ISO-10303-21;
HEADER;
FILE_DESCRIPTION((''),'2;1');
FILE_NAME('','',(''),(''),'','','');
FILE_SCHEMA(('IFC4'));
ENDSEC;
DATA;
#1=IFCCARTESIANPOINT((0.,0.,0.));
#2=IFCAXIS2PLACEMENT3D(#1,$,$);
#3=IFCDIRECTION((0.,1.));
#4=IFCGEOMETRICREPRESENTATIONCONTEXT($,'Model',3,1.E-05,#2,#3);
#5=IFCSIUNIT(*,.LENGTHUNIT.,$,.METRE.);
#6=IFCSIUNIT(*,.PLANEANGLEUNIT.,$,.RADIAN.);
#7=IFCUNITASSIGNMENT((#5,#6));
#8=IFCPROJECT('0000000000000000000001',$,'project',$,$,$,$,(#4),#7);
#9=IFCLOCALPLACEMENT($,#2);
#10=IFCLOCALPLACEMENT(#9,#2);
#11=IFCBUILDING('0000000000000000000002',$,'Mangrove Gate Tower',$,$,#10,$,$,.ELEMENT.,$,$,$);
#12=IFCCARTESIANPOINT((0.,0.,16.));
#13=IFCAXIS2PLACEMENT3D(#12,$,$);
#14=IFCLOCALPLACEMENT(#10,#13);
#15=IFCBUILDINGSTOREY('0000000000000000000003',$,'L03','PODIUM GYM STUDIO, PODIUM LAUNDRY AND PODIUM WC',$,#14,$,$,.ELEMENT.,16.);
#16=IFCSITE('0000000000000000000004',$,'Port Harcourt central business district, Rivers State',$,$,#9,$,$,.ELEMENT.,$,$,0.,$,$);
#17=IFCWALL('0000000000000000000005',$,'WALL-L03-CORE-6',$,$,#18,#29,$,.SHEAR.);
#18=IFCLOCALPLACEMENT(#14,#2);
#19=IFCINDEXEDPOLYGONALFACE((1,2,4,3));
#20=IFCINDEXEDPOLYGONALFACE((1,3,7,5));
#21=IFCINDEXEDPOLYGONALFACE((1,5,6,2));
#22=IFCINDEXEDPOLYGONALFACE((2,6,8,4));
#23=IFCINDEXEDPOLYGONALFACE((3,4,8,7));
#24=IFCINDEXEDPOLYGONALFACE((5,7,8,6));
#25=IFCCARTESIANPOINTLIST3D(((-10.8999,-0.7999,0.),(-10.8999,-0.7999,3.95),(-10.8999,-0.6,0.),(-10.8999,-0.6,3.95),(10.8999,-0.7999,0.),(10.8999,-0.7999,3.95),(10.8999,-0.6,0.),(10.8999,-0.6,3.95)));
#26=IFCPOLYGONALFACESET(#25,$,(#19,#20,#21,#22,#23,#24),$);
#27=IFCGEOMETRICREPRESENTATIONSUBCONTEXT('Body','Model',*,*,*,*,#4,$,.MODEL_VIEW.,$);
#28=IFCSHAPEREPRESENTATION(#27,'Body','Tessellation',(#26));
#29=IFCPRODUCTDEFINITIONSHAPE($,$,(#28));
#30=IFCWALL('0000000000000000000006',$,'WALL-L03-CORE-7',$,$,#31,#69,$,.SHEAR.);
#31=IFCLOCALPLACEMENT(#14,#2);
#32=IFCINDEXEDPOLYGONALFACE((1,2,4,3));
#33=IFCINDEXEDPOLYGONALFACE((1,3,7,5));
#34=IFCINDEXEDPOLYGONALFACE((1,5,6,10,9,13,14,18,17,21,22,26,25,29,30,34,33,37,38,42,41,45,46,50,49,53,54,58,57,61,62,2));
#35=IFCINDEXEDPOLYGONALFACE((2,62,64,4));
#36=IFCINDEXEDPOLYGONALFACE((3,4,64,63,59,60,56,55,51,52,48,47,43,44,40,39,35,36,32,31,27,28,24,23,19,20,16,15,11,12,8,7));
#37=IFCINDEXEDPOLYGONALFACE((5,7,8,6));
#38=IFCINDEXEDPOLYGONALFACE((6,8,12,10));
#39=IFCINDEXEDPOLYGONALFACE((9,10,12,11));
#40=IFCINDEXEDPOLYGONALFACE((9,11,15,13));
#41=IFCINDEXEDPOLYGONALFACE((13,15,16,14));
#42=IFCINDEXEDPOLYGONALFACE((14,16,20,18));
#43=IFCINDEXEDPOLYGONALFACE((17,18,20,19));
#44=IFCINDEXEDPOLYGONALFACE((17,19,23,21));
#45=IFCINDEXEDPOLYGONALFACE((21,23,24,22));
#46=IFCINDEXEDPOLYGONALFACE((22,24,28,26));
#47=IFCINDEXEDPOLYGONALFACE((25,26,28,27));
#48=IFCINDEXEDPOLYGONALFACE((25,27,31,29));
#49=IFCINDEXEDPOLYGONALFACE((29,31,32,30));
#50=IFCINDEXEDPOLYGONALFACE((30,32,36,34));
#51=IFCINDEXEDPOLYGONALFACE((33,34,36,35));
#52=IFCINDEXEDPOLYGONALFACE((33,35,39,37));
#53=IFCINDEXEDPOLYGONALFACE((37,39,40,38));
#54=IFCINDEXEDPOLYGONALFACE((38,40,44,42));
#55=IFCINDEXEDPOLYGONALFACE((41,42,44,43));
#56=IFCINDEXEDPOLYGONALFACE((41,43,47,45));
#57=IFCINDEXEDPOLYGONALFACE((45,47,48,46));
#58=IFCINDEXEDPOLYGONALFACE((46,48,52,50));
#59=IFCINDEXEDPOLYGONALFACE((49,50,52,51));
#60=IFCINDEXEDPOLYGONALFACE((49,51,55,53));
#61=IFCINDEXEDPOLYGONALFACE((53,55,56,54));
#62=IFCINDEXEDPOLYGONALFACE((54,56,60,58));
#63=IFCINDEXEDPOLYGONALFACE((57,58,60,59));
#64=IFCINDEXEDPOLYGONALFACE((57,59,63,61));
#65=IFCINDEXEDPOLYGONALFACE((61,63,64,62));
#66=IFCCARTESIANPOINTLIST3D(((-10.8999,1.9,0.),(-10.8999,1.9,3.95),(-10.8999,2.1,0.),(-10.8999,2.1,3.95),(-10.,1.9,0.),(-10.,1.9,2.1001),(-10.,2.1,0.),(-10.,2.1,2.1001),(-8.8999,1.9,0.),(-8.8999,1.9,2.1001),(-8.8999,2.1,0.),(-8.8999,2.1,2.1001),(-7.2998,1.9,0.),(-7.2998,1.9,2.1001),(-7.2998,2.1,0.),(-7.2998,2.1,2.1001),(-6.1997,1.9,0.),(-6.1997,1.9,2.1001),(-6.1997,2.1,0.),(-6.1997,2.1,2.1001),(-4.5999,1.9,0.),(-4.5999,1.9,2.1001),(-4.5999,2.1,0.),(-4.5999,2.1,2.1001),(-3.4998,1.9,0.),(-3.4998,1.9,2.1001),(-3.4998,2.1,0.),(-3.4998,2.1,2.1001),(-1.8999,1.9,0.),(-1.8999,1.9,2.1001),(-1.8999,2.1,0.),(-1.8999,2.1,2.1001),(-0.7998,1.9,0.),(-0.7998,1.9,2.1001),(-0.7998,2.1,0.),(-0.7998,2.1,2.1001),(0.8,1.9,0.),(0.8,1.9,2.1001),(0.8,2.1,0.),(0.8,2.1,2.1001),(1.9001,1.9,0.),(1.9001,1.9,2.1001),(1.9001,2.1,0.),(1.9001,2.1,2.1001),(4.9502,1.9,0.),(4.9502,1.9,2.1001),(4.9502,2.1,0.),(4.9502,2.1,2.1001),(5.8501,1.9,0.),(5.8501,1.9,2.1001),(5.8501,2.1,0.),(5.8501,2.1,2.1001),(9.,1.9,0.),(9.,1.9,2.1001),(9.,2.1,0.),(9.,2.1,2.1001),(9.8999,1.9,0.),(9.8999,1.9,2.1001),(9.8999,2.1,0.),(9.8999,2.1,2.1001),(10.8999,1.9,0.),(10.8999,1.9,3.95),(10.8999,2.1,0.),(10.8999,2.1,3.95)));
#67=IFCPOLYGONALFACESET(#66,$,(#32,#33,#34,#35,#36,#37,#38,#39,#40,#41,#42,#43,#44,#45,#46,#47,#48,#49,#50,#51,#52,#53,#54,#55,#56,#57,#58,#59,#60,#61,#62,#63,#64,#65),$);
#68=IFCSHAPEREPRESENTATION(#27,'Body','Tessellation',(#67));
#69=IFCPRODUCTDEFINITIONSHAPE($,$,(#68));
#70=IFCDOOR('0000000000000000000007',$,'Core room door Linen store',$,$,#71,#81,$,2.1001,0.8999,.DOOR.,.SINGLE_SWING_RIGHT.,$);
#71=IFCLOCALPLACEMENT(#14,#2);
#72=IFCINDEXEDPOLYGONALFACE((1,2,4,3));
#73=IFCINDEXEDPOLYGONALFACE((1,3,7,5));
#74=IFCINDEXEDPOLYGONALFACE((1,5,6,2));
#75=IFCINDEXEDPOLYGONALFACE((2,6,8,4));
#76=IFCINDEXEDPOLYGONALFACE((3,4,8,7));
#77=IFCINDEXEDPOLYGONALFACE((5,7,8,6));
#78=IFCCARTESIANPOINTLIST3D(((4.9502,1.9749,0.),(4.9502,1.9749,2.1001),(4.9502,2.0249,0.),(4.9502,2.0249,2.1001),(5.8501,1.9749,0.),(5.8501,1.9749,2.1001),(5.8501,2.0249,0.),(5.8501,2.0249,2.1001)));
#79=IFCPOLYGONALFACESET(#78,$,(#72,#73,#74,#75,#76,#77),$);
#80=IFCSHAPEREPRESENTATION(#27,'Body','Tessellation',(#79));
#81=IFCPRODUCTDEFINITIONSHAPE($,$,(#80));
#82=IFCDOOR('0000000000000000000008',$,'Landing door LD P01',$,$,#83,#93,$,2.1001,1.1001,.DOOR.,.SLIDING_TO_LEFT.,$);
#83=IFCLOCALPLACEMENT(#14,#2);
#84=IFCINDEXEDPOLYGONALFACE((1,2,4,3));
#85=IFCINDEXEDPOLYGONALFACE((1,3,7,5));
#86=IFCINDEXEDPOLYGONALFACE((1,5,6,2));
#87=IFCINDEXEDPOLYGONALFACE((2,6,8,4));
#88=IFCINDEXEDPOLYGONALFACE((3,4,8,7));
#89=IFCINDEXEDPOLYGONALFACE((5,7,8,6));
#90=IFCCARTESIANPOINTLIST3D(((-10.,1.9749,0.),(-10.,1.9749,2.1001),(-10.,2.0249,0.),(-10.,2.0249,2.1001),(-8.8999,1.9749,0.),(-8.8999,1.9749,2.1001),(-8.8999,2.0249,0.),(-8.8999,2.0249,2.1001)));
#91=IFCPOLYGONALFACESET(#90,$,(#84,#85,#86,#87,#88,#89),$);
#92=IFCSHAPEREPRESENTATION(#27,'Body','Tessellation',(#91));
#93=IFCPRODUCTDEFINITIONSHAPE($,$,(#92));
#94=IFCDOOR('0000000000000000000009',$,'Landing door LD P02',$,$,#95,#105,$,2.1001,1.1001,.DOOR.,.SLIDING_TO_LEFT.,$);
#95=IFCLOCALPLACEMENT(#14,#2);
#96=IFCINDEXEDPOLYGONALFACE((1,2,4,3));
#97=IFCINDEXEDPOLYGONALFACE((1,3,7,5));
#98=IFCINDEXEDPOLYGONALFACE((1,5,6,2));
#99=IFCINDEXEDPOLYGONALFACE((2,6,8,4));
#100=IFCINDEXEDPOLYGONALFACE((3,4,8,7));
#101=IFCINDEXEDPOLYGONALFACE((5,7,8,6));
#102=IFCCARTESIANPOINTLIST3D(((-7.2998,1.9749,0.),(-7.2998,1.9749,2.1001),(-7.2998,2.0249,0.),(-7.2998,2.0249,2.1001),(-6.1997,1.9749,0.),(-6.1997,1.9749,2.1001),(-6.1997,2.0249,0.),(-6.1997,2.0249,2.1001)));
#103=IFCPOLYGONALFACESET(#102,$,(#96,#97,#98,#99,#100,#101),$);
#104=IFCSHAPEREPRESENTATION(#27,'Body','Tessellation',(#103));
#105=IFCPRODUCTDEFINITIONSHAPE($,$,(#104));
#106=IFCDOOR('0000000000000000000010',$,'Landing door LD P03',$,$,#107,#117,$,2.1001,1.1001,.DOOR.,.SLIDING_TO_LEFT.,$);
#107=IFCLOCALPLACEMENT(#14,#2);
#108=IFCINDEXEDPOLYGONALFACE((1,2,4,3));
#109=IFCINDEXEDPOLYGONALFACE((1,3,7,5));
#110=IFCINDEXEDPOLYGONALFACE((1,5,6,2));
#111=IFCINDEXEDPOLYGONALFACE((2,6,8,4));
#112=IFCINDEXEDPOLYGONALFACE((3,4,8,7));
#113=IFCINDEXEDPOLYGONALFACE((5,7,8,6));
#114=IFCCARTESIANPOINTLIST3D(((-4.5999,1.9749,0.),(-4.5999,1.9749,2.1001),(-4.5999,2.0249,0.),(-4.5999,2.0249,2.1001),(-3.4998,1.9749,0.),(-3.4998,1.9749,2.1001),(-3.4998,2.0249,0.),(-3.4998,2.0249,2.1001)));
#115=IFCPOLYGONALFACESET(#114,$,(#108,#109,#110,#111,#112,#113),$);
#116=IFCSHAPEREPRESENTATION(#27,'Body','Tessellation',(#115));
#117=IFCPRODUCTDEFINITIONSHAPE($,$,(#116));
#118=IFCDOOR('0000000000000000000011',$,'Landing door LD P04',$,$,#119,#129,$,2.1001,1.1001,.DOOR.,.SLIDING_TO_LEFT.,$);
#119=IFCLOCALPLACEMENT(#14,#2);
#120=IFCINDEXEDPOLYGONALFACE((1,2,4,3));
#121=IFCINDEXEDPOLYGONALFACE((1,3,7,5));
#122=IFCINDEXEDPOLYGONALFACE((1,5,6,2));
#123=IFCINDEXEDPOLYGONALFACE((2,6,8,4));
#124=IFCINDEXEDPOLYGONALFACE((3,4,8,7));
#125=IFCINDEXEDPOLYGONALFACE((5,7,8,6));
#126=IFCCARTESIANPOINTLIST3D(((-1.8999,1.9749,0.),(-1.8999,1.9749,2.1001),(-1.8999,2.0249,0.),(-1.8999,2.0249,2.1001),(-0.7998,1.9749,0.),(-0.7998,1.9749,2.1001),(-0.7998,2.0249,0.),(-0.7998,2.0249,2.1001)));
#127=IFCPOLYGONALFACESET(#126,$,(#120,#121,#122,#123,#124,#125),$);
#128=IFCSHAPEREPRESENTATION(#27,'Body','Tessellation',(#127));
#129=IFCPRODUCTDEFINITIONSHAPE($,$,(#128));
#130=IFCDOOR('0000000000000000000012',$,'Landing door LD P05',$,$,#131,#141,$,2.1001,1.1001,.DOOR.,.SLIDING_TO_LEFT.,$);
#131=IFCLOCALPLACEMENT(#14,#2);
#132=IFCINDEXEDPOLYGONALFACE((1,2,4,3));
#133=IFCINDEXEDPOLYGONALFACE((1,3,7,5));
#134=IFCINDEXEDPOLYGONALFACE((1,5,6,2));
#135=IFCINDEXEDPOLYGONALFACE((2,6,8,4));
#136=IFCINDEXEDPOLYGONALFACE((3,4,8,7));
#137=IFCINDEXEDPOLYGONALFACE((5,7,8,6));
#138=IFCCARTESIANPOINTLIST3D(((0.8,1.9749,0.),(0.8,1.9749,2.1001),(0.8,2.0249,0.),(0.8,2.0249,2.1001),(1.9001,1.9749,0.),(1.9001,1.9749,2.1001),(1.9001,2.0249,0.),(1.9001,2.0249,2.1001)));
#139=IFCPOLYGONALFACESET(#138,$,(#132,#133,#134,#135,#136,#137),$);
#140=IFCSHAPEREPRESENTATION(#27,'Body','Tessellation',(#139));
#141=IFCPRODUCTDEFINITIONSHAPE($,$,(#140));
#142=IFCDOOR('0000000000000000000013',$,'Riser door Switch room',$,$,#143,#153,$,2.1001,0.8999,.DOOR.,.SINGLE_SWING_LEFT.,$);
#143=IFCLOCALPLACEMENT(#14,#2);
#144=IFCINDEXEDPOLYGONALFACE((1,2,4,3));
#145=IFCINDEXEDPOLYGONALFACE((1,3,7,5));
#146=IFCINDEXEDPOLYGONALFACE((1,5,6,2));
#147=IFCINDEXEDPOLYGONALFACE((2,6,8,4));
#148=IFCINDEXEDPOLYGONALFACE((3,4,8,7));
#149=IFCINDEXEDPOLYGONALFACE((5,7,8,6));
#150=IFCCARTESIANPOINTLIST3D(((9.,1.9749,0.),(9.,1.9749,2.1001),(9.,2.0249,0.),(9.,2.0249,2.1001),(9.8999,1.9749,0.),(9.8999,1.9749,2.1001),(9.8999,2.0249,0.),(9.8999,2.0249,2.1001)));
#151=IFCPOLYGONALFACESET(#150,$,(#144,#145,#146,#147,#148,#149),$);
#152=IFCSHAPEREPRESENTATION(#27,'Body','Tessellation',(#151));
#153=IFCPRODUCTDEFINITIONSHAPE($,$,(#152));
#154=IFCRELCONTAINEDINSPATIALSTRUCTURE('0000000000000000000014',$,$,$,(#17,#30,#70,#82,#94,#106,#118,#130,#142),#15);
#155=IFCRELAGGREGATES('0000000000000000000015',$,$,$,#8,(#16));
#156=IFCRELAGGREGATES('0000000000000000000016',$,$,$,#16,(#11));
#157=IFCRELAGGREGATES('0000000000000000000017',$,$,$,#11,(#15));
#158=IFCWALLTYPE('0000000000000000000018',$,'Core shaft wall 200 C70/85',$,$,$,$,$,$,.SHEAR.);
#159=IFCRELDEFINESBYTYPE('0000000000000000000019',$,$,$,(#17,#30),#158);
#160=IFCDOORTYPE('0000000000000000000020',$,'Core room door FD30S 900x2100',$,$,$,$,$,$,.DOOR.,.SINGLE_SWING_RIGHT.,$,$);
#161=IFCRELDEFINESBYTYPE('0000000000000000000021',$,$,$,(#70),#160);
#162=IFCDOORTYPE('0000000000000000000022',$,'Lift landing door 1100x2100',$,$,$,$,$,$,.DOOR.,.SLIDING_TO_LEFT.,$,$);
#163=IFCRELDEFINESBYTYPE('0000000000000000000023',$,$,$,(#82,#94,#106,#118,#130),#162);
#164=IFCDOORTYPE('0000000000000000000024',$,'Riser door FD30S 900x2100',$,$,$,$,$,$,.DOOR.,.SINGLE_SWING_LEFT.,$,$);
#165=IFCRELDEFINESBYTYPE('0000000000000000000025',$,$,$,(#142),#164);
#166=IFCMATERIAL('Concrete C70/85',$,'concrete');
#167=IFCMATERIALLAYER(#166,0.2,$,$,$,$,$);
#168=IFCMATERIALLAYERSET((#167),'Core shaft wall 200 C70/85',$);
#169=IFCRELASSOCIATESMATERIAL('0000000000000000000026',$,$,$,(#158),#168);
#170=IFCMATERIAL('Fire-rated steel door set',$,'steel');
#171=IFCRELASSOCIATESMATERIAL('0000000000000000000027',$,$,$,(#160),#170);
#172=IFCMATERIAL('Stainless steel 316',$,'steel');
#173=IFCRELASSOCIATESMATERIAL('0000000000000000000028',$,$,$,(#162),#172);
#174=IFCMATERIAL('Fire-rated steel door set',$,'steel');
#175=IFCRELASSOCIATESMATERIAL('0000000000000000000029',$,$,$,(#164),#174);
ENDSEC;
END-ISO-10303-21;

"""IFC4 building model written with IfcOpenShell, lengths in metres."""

from ifc_helpers import new_model, si_unit, direction, frame, frame_2d, origin, place, context, subcontext, project, spatial, rectangle, extrude, material, layer, layer_set, type_object, element, fill, save


model = new_model("IFC4")

# Units and contexts
model_context = context("Model", 3, precision=1e-05, world=origin(), true_north=direction((0.0, 1.0)))
body_context = subcontext(model_context, "Body", "Model", "MODEL_VIEW")
ifc_project = project(units=[si_unit("LENGTHUNIT", "METRE"), si_unit("PLANEANGLEUNIT", "RADIAN")], contexts=[model_context])

# Site, building, storey
site_placement = place(None, origin())
site = spatial("IfcSite", under=ifc_project, at=site_placement, Name="Port Harcourt central business district, Rivers State", CompositionType="ELEMENT", RefElevation=0.0)
building_placement = place(site_placement, origin())
building = spatial("IfcBuilding", under=site, at=building_placement, Name="Mangrove Gate Tower", CompositionType="ELEMENT")
storey_placement = place(building_placement, frame((0.0, 0.0, 16.0)))
storey = spatial("IfcBuildingStorey", under=building, at=storey_placement, Name="L03", Description="PODIUM GYM STUDIO, PODIUM LAUNDRY AND PODIUM WC", CompositionType="ELEMENT", Elevation=16.0)

# Wall
ifc_material_1 = material(Name="Concrete C70/85", Category="concrete")
ifc_layer = layer(ifc_material_1, 0.2)
ifc_layer_set = layer_set([ifc_layer], Name="Core shaft wall 200 C70/85")
wall_type = type_object("IfcWallType", Name="Core shaft wall 200 C70/85", PredefinedType="SHEAR", material=ifc_layer_set)
wall_1_placement = place(storey_placement, frame((-10.8999, -0.7, 0.0), z_axis=(0.0, 0.0, 1.0), x_axis=(1.0, 0.0, 0.0)))
element("IfcWall", 1, at=wall_1_placement, inside=storey, type_object=wall_type, Name="WALL-L03-CORE-6", PredefinedType="SHEAR", context=body_context, shape_type="SweptSolid", body=[
    extrude(rectangle(XDim=21.7998, YDim=0.2, at=frame_2d((10.8999, 0.0))), origin(), (0.0, 0.0, 1.0), 3.95),
])

# Wall, openings, doors
wall_2_placement = place(storey_placement, frame((-10.8999, 2.0, 0.0), z_axis=(0.0, 0.0, 1.0), x_axis=(1.0, 0.0, 0.0)))
wall_2 = element("IfcWall", 2, at=wall_2_placement, inside=storey, type_object=wall_type, Name="WALL-L03-CORE-7", PredefinedType="SHEAR", context=body_context, shape_type="SweptSolid", body=[
    extrude(rectangle(XDim=21.7998, YDim=0.2, at=frame_2d((10.8999, 0.0))), origin(), (0.0, 0.0, 1.0), 3.95),
])
opening_1_placement = place(wall_2_placement, frame((0.8999, 0.0, 0.0)))
opening_1 = element("IfcOpeningElement", 3, at=opening_1_placement, cuts=wall_2, PredefinedType="OPENING", context=body_context, shape_type="SweptSolid", body=[
    extrude(rectangle(XDim=1.1001, YDim=2.1001, at=frame_2d((0.55, 1.05))), frame((0.0, 0.1099, 0.0), z_axis=(0.0, -1.0, 0.0), x_axis=(1.0, 0.0, 0.0)), (0.0, 0.0, 1.0), 0.22),
])
opening_2_placement = place(wall_2_placement, frame((3.6001, 0.0, 0.0)))
opening_2 = element("IfcOpeningElement", 4, at=opening_2_placement, cuts=wall_2, PredefinedType="OPENING", context=body_context, shape_type="SweptSolid", body=[
    extrude(rectangle(XDim=1.1001, YDim=2.1001, at=frame_2d((0.55, 1.05))), frame((0.0, 0.1099, 0.0), z_axis=(0.0, -1.0, 0.0), x_axis=(1.0, 0.0, 0.0)), (0.0, 0.0, 1.0), 0.22),
])
opening_3_placement = place(wall_2_placement, frame((6.3, 0.0, 0.0)))
opening_3 = element("IfcOpeningElement", 5, at=opening_3_placement, cuts=wall_2, PredefinedType="OPENING", context=body_context, shape_type="SweptSolid", body=[
    extrude(rectangle(XDim=1.1001, YDim=2.1001, at=frame_2d((0.55, 1.05))), frame((0.0, 0.1099, 0.0), z_axis=(0.0, -1.0, 0.0), x_axis=(1.0, 0.0, 0.0)), (0.0, 0.0, 1.0), 0.22),
])
opening_4_placement = place(wall_2_placement, frame((9.0, 0.0, 0.0)))
opening_4 = element("IfcOpeningElement", 6, at=opening_4_placement, cuts=wall_2, PredefinedType="OPENING", context=body_context, shape_type="SweptSolid", body=[
    extrude(rectangle(XDim=1.1001, YDim=2.1001, at=frame_2d((0.55, 1.05))), frame((0.0, 0.1099, 0.0), z_axis=(0.0, -1.0, 0.0), x_axis=(1.0, 0.0, 0.0)), (0.0, 0.0, 1.0), 0.22),
])
opening_5_placement = place(wall_2_placement, frame((11.7, 0.0, 0.0)))
opening_5 = element("IfcOpeningElement", 7, at=opening_5_placement, cuts=wall_2, PredefinedType="OPENING", context=body_context, shape_type="SweptSolid", body=[
    extrude(rectangle(XDim=1.1001, YDim=2.1001, at=frame_2d((0.55, 1.05))), frame((0.0, 0.1099, 0.0), z_axis=(0.0, -1.0, 0.0), x_axis=(1.0, 0.0, 0.0)), (0.0, 0.0, 1.0), 0.22),
])
opening_6_placement = place(wall_2_placement, frame((15.8501, 0.0, 0.0)))
opening_6 = element("IfcOpeningElement", 8, at=opening_6_placement, cuts=wall_2, PredefinedType="OPENING", context=body_context, shape_type="SweptSolid", body=[
    extrude(rectangle(XDim=0.8999, YDim=2.1001, at=frame_2d((0.45, 1.05))), frame((0.0, 0.1099, 0.0), z_axis=(0.0, -1.0, 0.0), x_axis=(1.0, 0.0, 0.0)), (0.0, 0.0, 1.0), 0.22),
])
opening_7_placement = place(wall_2_placement, frame((19.8999, 0.0, 0.0)))
opening_7 = element("IfcOpeningElement", 9, at=opening_7_placement, cuts=wall_2, PredefinedType="OPENING", context=body_context, shape_type="SweptSolid", body=[
    extrude(rectangle(XDim=0.8999, YDim=2.1001, at=frame_2d((0.45, 1.05))), frame((0.0, 0.1099, 0.0), z_axis=(0.0, -1.0, 0.0), x_axis=(1.0, 0.0, 0.0)), (0.0, 0.0, 1.0), 0.22),
])
ifc_material_2 = material(Name="Fire-rated steel door set", Category="steel")
door_type_1 = type_object("IfcDoorType", Name="Core room door FD30S 900x2100", OperationType="SINGLE_SWING_RIGHT", PredefinedType="DOOR", material=ifc_material_2)
door_1_placement = place(opening_6_placement, origin())
door_1 = element("IfcDoor", 10, at=door_1_placement, inside=storey, type_object=door_type_1, Name="Core room door Linen store", OperationType="SINGLE_SWING_RIGHT", OverallHeight=2.1001, OverallWidth=0.8999, PredefinedType="DOOR", context=body_context, shape_type="SweptSolid", body=[
    extrude(rectangle(XDim=0.8999, YDim=2.1001, at=frame_2d((0.45, 1.05))), frame((0.0, 0.0249, 0.0), z_axis=(0.0, -1.0, 0.0), x_axis=(1.0, 0.0, 0.0)), (0.0, 0.0, 1.0), 0.05),
])
fill(opening_6, door_1)
ifc_material_3 = material(Name="Stainless steel 316", Category="steel")
door_type_2 = type_object("IfcDoorType", Name="Lift landing door 1100x2100", OperationType="SLIDING_TO_LEFT", PredefinedType="DOOR", material=ifc_material_3)
door_2_placement = place(opening_1_placement, origin())
door_2 = element("IfcDoor", 11, at=door_2_placement, inside=storey, type_object=door_type_2, Name="Landing door LD P01", OperationType="SLIDING_TO_LEFT", OverallHeight=2.1001, OverallWidth=1.1001, PredefinedType="DOOR", context=body_context, shape_type="SweptSolid", body=[
    extrude(rectangle(XDim=1.1001, YDim=2.1001, at=frame_2d((0.55, 1.05))), frame((0.0, 0.0249, 0.0), z_axis=(0.0, -1.0, 0.0), x_axis=(1.0, 0.0, 0.0)), (0.0, 0.0, 1.0), 0.05),
])
fill(opening_1, door_2)
door_3_placement = place(opening_2_placement, origin())
door_3 = element("IfcDoor", 12, at=door_3_placement, inside=storey, type_object=door_type_2, Name="Landing door LD P02", OperationType="SLIDING_TO_LEFT", OverallHeight=2.1001, OverallWidth=1.1001, PredefinedType="DOOR", context=body_context, shape_type="SweptSolid", body=[
    extrude(rectangle(XDim=1.1001, YDim=2.1001, at=frame_2d((0.55, 1.05))), frame((0.0, 0.0249, 0.0), z_axis=(0.0, -1.0, 0.0), x_axis=(1.0, 0.0, 0.0)), (0.0, 0.0, 1.0), 0.05),
])
fill(opening_2, door_3)
door_4_placement = place(opening_3_placement, origin())
door_4 = element("IfcDoor", 13, at=door_4_placement, inside=storey, type_object=door_type_2, Name="Landing door LD P03", OperationType="SLIDING_TO_LEFT", OverallHeight=2.1001, OverallWidth=1.1001, PredefinedType="DOOR", context=body_context, shape_type="SweptSolid", body=[
    extrude(rectangle(XDim=1.1001, YDim=2.1001, at=frame_2d((0.55, 1.05))), frame((0.0, 0.0249, 0.0), z_axis=(0.0, -1.0, 0.0), x_axis=(1.0, 0.0, 0.0)), (0.0, 0.0, 1.0), 0.05),
])
fill(opening_3, door_4)
door_5_placement = place(opening_4_placement, origin())
door_5 = element("IfcDoor", 14, at=door_5_placement, inside=storey, type_object=door_type_2, Name="Landing door LD P04", OperationType="SLIDING_TO_LEFT", OverallHeight=2.1001, OverallWidth=1.1001, PredefinedType="DOOR", context=body_context, shape_type="SweptSolid", body=[
    extrude(rectangle(XDim=1.1001, YDim=2.1001, at=frame_2d((0.55, 1.05))), frame((0.0, 0.0249, 0.0), z_axis=(0.0, -1.0, 0.0), x_axis=(1.0, 0.0, 0.0)), (0.0, 0.0, 1.0), 0.05),
])
fill(opening_4, door_5)
door_6_placement = place(opening_5_placement, origin())
door_6 = element("IfcDoor", 15, at=door_6_placement, inside=storey, type_object=door_type_2, Name="Landing door LD P05", OperationType="SLIDING_TO_LEFT", OverallHeight=2.1001, OverallWidth=1.1001, PredefinedType="DOOR", context=body_context, shape_type="SweptSolid", body=[
    extrude(rectangle(XDim=1.1001, YDim=2.1001, at=frame_2d((0.55, 1.05))), frame((0.0, 0.0249, 0.0), z_axis=(0.0, -1.0, 0.0), x_axis=(1.0, 0.0, 0.0)), (0.0, 0.0, 1.0), 0.05),
])
fill(opening_5, door_6)
ifc_material_4 = material(Name="Fire-rated steel door set", Category="steel")
door_type_3 = type_object("IfcDoorType", Name="Riser door FD30S 900x2100", OperationType="SINGLE_SWING_LEFT", PredefinedType="DOOR", material=ifc_material_4)
door_7_placement = place(opening_7_placement, origin())
door_7 = element("IfcDoor", 16, at=door_7_placement, inside=storey, type_object=door_type_3, Name="Riser door Switch room", OperationType="SINGLE_SWING_LEFT", OverallHeight=2.1001, OverallWidth=0.8999, PredefinedType="DOOR", context=body_context, shape_type="SweptSolid", body=[
    extrude(rectangle(XDim=0.8999, YDim=2.1001, at=frame_2d((0.45, 1.05))), frame((0.0, 0.0249, 0.0), z_axis=(0.0, -1.0, 0.0), x_axis=(1.0, 0.0, 0.0)), (0.0, 0.0, 1.0), 0.05),
])
fill(opening_7, door_7)

save(model, "model.ifc")
